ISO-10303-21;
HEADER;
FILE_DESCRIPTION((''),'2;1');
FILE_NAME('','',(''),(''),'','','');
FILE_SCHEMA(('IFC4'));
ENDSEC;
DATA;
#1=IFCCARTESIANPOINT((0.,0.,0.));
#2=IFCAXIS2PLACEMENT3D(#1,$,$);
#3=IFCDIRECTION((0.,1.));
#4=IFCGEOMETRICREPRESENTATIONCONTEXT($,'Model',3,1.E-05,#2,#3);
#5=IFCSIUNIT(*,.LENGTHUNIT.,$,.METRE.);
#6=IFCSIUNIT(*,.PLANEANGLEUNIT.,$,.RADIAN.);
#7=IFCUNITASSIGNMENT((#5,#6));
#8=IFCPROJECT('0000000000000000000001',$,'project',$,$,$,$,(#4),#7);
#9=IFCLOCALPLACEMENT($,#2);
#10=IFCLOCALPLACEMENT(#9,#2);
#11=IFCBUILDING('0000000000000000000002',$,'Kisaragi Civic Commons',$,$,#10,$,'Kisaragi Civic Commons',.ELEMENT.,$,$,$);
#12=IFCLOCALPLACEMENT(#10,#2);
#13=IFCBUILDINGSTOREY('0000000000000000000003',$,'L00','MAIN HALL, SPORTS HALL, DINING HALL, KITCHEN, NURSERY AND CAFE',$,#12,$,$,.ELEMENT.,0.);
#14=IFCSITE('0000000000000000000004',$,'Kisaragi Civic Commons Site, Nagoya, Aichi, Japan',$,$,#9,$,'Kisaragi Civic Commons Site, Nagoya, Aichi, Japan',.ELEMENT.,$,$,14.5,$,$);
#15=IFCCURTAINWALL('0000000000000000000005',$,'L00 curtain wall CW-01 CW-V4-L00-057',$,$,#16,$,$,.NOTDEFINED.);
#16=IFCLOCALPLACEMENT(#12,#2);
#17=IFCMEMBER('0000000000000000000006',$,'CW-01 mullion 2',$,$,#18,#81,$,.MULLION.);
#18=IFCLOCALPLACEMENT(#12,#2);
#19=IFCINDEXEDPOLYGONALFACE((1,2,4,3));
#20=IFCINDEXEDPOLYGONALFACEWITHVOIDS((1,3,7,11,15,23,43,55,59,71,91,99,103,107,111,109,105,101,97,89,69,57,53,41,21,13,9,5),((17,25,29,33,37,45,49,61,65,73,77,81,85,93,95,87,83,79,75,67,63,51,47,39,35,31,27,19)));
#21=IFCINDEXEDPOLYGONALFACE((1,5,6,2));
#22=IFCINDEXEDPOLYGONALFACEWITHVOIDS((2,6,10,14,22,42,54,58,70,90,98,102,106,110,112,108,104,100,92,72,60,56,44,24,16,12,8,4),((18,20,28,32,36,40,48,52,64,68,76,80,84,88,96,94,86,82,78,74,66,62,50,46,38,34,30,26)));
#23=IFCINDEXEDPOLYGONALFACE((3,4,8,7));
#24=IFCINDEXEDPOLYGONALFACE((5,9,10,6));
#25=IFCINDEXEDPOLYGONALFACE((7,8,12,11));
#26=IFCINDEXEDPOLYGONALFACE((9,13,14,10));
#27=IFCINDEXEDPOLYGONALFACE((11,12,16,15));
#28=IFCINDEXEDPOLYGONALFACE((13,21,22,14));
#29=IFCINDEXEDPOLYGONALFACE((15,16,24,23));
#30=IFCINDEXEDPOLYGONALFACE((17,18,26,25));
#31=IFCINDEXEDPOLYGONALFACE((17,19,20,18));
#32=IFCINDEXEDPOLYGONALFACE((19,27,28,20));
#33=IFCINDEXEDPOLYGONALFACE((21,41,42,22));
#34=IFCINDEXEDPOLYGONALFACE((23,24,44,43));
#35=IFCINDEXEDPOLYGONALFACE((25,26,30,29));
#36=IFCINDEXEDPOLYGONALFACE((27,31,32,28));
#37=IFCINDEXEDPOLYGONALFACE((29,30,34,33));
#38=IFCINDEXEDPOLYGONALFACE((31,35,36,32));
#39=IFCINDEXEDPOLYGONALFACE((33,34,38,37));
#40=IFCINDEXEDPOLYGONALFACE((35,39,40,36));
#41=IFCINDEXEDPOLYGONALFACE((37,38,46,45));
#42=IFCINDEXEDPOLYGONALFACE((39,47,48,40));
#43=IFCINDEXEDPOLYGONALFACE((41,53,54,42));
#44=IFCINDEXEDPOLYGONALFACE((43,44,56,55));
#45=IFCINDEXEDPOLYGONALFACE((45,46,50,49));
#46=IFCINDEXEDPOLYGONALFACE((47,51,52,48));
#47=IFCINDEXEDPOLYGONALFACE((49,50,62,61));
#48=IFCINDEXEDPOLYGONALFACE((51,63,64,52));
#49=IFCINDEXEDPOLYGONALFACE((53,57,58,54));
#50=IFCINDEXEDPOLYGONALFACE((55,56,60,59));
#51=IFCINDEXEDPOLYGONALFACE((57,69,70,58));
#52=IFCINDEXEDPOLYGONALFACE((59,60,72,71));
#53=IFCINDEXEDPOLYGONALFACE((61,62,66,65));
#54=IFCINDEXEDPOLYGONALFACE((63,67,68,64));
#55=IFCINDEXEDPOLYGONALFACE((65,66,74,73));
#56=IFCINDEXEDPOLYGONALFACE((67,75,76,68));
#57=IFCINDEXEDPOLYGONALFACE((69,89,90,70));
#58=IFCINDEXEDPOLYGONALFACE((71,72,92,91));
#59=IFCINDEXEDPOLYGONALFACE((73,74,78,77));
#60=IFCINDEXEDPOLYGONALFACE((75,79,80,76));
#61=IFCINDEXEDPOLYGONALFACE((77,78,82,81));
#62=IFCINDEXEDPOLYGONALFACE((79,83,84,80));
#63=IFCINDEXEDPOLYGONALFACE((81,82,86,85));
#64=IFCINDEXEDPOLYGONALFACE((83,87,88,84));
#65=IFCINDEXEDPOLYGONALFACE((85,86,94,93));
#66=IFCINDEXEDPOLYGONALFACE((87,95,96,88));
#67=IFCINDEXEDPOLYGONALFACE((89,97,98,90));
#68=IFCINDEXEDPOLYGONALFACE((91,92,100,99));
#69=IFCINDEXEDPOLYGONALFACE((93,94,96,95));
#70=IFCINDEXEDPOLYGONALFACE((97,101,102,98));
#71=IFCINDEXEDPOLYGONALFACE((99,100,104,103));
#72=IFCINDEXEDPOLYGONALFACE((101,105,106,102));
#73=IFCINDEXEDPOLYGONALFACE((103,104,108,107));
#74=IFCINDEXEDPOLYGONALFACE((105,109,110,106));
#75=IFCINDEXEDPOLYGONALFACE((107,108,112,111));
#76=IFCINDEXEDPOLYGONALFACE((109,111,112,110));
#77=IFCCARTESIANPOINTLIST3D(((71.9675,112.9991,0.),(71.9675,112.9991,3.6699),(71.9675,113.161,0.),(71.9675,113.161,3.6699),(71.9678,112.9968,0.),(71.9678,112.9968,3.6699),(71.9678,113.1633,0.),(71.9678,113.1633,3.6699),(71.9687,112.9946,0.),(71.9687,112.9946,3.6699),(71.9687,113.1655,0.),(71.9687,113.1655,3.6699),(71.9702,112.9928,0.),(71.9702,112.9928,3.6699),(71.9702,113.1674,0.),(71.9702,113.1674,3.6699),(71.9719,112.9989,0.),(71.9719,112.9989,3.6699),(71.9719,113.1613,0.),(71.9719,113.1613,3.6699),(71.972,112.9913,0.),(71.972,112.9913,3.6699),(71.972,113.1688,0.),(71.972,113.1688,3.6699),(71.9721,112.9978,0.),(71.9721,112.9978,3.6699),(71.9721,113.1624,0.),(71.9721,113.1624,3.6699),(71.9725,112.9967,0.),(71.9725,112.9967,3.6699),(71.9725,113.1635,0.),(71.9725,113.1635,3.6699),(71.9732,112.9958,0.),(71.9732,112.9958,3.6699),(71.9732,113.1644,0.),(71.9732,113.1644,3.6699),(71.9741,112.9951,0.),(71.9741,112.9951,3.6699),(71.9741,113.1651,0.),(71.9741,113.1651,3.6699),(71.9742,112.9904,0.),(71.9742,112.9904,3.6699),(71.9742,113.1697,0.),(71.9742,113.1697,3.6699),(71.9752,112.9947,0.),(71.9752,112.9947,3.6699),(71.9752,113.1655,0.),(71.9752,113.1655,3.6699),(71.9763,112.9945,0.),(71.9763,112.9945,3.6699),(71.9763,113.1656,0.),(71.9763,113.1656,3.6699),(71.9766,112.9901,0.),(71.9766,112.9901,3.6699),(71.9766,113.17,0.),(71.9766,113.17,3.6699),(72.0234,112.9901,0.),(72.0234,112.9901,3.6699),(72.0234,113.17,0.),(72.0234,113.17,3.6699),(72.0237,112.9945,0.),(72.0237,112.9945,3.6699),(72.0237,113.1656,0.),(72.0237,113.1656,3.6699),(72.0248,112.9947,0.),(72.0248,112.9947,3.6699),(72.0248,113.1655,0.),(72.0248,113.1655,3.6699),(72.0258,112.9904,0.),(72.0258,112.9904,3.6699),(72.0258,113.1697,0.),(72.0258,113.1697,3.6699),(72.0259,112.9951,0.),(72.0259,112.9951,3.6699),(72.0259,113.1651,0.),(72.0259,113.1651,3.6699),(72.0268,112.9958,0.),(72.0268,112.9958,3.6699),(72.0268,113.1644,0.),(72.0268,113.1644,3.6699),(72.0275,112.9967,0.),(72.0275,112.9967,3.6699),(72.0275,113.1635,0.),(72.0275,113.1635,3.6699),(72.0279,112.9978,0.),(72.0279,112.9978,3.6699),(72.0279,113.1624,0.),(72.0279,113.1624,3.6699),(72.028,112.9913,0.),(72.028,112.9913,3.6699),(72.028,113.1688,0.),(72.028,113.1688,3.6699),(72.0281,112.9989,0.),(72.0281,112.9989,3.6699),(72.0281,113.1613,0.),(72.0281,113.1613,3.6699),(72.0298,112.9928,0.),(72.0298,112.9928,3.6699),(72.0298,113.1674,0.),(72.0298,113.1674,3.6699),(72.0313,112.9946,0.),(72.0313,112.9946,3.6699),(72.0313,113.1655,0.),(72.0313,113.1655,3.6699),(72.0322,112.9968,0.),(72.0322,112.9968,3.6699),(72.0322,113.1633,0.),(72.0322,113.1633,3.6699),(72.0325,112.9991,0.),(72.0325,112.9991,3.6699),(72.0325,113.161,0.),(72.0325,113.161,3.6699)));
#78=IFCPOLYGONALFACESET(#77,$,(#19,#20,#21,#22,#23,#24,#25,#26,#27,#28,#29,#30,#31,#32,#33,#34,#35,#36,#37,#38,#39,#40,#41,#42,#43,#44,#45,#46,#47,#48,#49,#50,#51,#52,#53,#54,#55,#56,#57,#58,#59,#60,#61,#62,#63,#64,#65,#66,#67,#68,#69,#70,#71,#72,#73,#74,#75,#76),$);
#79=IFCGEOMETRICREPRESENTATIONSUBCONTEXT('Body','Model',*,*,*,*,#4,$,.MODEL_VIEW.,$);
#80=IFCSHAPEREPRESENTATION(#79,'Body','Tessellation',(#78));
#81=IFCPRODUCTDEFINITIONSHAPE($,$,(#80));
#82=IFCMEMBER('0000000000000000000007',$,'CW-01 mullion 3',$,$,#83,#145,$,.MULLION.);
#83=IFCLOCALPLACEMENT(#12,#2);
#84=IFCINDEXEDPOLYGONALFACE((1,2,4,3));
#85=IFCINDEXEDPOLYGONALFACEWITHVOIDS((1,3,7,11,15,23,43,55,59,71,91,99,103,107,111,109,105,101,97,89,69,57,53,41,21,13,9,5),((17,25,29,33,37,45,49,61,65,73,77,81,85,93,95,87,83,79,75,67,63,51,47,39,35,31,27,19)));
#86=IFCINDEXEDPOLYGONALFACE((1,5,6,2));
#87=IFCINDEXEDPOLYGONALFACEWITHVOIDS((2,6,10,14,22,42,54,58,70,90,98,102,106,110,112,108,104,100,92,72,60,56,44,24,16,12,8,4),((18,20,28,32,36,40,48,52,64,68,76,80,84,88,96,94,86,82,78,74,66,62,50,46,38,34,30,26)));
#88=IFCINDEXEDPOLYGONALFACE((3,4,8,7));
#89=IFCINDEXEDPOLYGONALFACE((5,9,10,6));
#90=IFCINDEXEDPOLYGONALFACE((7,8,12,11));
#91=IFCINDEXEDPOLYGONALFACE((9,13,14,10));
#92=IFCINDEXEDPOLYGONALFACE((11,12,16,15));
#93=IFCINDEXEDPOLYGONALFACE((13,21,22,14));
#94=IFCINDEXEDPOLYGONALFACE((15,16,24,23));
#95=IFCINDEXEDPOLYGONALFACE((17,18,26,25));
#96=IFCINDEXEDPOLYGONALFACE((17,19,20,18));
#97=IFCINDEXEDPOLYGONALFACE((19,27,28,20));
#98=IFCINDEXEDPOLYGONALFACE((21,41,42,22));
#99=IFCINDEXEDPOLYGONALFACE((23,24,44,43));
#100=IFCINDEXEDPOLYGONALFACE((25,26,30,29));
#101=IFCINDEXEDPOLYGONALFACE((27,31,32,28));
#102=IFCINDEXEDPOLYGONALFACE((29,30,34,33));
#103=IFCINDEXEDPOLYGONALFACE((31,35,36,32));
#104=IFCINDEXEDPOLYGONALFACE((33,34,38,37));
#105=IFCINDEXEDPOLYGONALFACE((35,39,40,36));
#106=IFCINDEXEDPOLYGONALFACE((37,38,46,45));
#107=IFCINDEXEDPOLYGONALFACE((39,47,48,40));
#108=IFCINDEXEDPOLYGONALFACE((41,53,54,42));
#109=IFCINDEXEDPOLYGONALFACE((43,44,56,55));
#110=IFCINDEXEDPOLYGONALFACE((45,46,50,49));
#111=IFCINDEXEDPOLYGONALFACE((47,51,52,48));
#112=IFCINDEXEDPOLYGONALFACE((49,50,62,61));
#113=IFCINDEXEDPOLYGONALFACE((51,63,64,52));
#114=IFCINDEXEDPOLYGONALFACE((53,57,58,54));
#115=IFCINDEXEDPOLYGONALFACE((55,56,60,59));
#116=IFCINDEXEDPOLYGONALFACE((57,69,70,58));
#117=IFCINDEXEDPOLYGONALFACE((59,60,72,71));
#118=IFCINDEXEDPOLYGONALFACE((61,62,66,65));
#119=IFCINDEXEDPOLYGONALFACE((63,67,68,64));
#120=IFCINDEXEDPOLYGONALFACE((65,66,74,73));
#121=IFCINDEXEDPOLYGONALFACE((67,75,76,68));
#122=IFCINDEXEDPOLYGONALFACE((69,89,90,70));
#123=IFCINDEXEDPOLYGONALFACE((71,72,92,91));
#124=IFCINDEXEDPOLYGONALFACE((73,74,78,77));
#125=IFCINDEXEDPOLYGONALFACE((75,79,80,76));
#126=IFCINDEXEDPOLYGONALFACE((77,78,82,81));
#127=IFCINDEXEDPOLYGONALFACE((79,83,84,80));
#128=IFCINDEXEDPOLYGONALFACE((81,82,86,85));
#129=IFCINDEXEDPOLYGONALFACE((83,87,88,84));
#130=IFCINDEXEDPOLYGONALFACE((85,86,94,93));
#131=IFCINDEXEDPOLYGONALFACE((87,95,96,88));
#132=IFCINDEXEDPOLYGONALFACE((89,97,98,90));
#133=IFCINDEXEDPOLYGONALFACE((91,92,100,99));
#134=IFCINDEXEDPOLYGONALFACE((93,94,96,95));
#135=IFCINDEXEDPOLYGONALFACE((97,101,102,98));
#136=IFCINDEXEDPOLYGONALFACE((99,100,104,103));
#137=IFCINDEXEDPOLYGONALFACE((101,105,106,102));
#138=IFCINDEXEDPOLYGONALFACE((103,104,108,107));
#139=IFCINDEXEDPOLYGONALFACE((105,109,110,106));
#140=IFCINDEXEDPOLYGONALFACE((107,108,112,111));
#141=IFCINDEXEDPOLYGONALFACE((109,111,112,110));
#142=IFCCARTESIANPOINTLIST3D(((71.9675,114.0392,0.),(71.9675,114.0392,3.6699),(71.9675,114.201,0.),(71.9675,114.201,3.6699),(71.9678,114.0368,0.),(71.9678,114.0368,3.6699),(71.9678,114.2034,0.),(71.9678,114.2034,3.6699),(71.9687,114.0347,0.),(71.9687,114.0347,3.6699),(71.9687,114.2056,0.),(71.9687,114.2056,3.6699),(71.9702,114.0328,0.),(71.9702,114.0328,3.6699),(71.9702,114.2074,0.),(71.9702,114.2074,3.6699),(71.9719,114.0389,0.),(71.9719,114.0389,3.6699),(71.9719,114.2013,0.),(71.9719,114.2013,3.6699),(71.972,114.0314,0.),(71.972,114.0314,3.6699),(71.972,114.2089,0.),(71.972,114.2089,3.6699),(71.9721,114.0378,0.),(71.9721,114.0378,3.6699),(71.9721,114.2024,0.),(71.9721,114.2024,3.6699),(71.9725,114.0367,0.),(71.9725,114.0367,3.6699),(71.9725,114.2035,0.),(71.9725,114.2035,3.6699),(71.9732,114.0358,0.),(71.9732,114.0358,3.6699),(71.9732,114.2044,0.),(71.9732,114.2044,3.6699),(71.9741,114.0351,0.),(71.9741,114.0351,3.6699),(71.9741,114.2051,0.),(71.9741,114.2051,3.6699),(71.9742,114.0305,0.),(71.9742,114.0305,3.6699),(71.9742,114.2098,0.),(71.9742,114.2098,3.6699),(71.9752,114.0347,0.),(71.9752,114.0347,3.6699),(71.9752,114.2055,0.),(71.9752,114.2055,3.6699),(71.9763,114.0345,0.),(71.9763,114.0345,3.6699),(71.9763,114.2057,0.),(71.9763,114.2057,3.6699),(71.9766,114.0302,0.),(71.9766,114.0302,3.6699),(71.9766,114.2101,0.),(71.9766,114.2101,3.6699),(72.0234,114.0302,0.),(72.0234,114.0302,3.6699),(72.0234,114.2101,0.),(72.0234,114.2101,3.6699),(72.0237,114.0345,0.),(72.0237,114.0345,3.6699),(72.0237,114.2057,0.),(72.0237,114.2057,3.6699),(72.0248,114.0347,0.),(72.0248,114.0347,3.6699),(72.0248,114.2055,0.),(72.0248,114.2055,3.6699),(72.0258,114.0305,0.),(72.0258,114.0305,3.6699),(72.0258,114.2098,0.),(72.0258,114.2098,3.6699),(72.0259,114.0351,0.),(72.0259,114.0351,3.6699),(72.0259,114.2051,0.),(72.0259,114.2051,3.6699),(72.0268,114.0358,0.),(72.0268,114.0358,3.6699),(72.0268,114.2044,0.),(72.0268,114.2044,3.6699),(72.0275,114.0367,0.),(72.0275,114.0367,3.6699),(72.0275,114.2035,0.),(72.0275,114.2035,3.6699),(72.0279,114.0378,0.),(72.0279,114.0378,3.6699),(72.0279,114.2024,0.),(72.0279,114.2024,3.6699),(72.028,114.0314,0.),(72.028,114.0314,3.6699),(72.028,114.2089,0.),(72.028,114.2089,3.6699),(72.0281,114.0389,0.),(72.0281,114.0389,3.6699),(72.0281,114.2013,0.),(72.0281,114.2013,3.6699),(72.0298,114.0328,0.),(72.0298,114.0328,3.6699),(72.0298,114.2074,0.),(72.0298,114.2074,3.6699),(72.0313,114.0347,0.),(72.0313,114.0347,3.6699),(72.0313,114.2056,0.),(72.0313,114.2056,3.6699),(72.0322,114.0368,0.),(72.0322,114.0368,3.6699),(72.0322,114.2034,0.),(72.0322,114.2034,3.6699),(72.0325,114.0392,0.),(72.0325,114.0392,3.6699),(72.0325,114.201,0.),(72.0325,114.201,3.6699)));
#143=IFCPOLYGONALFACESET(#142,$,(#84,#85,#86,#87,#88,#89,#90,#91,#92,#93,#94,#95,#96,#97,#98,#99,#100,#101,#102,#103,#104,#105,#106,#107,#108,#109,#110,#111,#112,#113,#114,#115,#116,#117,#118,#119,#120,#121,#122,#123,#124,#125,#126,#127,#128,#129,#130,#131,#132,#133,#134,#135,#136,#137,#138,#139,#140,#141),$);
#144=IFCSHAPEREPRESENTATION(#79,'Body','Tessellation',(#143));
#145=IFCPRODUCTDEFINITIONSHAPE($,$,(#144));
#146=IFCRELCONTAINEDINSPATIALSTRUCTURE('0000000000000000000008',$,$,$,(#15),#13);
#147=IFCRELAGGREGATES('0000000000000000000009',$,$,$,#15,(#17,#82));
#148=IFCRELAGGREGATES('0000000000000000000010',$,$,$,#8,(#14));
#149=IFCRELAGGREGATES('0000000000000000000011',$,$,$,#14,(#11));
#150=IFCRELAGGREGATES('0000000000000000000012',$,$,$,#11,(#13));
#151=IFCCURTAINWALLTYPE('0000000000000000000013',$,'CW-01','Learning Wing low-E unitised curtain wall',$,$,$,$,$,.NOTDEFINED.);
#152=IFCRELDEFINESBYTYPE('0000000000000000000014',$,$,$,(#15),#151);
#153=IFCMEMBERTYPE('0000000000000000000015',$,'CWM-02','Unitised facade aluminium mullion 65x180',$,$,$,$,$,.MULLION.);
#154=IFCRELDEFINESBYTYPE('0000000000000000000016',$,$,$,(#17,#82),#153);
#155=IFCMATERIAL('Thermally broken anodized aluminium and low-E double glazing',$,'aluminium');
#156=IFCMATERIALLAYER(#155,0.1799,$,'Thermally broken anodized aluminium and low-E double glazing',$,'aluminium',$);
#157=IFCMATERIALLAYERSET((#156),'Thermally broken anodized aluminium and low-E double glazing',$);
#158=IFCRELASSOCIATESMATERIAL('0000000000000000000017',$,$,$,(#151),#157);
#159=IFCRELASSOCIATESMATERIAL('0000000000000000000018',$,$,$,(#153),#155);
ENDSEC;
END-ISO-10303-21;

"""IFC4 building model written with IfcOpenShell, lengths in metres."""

from ifc_helpers import new_model, si_unit, direction, frame, origin, origin_2d, place, context, subcontext, project, spatial, hollow_rectangle, extrude, material, layer, layer_set, material_profile, profile_set, type_object, element, aggregate, save


model = new_model("IFC4")

# Units and contexts
model_context = context("Model", 3, precision=1e-05, world=origin(), true_north=direction((0.0, 1.0)))
body_context = subcontext(model_context, "Body", "Model", "MODEL_VIEW")
ifc_project = project(units=[si_unit("LENGTHUNIT", "METRE"), si_unit("PLANEANGLEUNIT", "RADIAN")], contexts=[model_context])

# Site, building, storey
site_placement = place(None, origin())
site = spatial("IfcSite", under=ifc_project, at=site_placement, Name="Kisaragi Civic Commons Site, Nagoya, Aichi, Japan", LongName="Kisaragi Civic Commons Site, Nagoya, Aichi, Japan", CompositionType="ELEMENT", RefElevation=14.5)
building_placement = place(site_placement, origin())
building = spatial("IfcBuilding", under=site, at=building_placement, Name="Kisaragi Civic Commons", LongName="Kisaragi Civic Commons", CompositionType="ELEMENT")
storey_placement = place(building_placement, origin())
storey = spatial("IfcBuildingStorey", under=building, at=storey_placement, Name="L00", Description="MAIN HALL, SPORTS HALL, DINING HALL, KITCHEN, NURSERY AND CAFE", CompositionType="ELEMENT", Elevation=0.0)

# Curtain wall, members
ifc_material_1 = material(Name="Thermally broken anodized aluminium and low-E double glazing", Category="aluminium")
ifc_layer_1 = layer(ifc_material_1, 0.1799, Name="Thermally broken anodized aluminium and low-E double glazing", Category="aluminium")
ifc_layer_set_1 = layer_set([ifc_layer_1], Name="Thermally broken anodized aluminium and low-E double glazing")
curtain_wall_type = type_object("IfcCurtainWallType", Name="CW-01", Description="Learning Wing low-E unitised curtain wall", PredefinedType="NOTDEFINED", material=ifc_layer_set_1)
curtain_wall_placement = place(storey_placement, origin())
curtain_wall = element("IfcCurtainWall", 1, at=curtain_wall_placement, inside=storey, type_object=curtain_wall_type, Name="L00 curtain wall CW-01 CW-V4-L00-057", PredefinedType="NOTDEFINED")
ifc_material_profile_1 = material_profile(ifc_material_1, hollow_rectangle(XDim=0.0649, YDim=0.1799, WallThickness=0.0044, InnerFilletRadius=0.0044, OuterFilletRadius=0.009, at=origin_2d()), Name="CWM-65x180x4.5", Category="aluminium")
ifc_profile_set_1 = profile_set([ifc_material_profile_1], Name="Thermally broken anodized aluminium and low-E double glazing")
member_type_1 = type_object("IfcMemberType", Name="CWM-02", Description="Unitised facade aluminium mullion 65x180", PredefinedType="MULLION", material=ifc_profile_set_1)
member_1_placement = place(storey_placement, frame((72.0, 113.0801, 0.0), z_axis=(0.0, 0.0, 1.0), x_axis=(-1.0, 0.0, 0.0)))
member_1 = element("IfcMember", 2, at=member_1_placement, type_object=member_type_1, Name="CW-01 mullion 2", PredefinedType="MULLION", context=body_context, shape_type="SweptSolid", body=[
    extrude(hollow_rectangle(XDim=0.0649, YDim=0.1799, WallThickness=0.0044, InnerFilletRadius=0.0044, OuterFilletRadius=0.009, at=origin_2d()), origin(), (0.0, 0.0, 1.0), 3.6699),
])
member_2_placement = place(storey_placement, frame((72.0, 114.1201, 0.0), z_axis=(0.0, 0.0, 1.0), x_axis=(-1.0, 0.0, 0.0)))
member_2 = element("IfcMember", 3, at=member_2_placement, type_object=member_type_1, Name="CW-01 mullion 3", PredefinedType="MULLION", context=body_context, shape_type="SweptSolid", body=[
    extrude(hollow_rectangle(XDim=0.0649, YDim=0.1799, WallThickness=0.0044, InnerFilletRadius=0.0044, OuterFilletRadius=0.009, at=origin_2d()), origin(), (0.0, 0.0, 1.0), 3.6699),
])

aggregate(curtain_wall, [member_1, member_2])

save(model, "model.ifc")
